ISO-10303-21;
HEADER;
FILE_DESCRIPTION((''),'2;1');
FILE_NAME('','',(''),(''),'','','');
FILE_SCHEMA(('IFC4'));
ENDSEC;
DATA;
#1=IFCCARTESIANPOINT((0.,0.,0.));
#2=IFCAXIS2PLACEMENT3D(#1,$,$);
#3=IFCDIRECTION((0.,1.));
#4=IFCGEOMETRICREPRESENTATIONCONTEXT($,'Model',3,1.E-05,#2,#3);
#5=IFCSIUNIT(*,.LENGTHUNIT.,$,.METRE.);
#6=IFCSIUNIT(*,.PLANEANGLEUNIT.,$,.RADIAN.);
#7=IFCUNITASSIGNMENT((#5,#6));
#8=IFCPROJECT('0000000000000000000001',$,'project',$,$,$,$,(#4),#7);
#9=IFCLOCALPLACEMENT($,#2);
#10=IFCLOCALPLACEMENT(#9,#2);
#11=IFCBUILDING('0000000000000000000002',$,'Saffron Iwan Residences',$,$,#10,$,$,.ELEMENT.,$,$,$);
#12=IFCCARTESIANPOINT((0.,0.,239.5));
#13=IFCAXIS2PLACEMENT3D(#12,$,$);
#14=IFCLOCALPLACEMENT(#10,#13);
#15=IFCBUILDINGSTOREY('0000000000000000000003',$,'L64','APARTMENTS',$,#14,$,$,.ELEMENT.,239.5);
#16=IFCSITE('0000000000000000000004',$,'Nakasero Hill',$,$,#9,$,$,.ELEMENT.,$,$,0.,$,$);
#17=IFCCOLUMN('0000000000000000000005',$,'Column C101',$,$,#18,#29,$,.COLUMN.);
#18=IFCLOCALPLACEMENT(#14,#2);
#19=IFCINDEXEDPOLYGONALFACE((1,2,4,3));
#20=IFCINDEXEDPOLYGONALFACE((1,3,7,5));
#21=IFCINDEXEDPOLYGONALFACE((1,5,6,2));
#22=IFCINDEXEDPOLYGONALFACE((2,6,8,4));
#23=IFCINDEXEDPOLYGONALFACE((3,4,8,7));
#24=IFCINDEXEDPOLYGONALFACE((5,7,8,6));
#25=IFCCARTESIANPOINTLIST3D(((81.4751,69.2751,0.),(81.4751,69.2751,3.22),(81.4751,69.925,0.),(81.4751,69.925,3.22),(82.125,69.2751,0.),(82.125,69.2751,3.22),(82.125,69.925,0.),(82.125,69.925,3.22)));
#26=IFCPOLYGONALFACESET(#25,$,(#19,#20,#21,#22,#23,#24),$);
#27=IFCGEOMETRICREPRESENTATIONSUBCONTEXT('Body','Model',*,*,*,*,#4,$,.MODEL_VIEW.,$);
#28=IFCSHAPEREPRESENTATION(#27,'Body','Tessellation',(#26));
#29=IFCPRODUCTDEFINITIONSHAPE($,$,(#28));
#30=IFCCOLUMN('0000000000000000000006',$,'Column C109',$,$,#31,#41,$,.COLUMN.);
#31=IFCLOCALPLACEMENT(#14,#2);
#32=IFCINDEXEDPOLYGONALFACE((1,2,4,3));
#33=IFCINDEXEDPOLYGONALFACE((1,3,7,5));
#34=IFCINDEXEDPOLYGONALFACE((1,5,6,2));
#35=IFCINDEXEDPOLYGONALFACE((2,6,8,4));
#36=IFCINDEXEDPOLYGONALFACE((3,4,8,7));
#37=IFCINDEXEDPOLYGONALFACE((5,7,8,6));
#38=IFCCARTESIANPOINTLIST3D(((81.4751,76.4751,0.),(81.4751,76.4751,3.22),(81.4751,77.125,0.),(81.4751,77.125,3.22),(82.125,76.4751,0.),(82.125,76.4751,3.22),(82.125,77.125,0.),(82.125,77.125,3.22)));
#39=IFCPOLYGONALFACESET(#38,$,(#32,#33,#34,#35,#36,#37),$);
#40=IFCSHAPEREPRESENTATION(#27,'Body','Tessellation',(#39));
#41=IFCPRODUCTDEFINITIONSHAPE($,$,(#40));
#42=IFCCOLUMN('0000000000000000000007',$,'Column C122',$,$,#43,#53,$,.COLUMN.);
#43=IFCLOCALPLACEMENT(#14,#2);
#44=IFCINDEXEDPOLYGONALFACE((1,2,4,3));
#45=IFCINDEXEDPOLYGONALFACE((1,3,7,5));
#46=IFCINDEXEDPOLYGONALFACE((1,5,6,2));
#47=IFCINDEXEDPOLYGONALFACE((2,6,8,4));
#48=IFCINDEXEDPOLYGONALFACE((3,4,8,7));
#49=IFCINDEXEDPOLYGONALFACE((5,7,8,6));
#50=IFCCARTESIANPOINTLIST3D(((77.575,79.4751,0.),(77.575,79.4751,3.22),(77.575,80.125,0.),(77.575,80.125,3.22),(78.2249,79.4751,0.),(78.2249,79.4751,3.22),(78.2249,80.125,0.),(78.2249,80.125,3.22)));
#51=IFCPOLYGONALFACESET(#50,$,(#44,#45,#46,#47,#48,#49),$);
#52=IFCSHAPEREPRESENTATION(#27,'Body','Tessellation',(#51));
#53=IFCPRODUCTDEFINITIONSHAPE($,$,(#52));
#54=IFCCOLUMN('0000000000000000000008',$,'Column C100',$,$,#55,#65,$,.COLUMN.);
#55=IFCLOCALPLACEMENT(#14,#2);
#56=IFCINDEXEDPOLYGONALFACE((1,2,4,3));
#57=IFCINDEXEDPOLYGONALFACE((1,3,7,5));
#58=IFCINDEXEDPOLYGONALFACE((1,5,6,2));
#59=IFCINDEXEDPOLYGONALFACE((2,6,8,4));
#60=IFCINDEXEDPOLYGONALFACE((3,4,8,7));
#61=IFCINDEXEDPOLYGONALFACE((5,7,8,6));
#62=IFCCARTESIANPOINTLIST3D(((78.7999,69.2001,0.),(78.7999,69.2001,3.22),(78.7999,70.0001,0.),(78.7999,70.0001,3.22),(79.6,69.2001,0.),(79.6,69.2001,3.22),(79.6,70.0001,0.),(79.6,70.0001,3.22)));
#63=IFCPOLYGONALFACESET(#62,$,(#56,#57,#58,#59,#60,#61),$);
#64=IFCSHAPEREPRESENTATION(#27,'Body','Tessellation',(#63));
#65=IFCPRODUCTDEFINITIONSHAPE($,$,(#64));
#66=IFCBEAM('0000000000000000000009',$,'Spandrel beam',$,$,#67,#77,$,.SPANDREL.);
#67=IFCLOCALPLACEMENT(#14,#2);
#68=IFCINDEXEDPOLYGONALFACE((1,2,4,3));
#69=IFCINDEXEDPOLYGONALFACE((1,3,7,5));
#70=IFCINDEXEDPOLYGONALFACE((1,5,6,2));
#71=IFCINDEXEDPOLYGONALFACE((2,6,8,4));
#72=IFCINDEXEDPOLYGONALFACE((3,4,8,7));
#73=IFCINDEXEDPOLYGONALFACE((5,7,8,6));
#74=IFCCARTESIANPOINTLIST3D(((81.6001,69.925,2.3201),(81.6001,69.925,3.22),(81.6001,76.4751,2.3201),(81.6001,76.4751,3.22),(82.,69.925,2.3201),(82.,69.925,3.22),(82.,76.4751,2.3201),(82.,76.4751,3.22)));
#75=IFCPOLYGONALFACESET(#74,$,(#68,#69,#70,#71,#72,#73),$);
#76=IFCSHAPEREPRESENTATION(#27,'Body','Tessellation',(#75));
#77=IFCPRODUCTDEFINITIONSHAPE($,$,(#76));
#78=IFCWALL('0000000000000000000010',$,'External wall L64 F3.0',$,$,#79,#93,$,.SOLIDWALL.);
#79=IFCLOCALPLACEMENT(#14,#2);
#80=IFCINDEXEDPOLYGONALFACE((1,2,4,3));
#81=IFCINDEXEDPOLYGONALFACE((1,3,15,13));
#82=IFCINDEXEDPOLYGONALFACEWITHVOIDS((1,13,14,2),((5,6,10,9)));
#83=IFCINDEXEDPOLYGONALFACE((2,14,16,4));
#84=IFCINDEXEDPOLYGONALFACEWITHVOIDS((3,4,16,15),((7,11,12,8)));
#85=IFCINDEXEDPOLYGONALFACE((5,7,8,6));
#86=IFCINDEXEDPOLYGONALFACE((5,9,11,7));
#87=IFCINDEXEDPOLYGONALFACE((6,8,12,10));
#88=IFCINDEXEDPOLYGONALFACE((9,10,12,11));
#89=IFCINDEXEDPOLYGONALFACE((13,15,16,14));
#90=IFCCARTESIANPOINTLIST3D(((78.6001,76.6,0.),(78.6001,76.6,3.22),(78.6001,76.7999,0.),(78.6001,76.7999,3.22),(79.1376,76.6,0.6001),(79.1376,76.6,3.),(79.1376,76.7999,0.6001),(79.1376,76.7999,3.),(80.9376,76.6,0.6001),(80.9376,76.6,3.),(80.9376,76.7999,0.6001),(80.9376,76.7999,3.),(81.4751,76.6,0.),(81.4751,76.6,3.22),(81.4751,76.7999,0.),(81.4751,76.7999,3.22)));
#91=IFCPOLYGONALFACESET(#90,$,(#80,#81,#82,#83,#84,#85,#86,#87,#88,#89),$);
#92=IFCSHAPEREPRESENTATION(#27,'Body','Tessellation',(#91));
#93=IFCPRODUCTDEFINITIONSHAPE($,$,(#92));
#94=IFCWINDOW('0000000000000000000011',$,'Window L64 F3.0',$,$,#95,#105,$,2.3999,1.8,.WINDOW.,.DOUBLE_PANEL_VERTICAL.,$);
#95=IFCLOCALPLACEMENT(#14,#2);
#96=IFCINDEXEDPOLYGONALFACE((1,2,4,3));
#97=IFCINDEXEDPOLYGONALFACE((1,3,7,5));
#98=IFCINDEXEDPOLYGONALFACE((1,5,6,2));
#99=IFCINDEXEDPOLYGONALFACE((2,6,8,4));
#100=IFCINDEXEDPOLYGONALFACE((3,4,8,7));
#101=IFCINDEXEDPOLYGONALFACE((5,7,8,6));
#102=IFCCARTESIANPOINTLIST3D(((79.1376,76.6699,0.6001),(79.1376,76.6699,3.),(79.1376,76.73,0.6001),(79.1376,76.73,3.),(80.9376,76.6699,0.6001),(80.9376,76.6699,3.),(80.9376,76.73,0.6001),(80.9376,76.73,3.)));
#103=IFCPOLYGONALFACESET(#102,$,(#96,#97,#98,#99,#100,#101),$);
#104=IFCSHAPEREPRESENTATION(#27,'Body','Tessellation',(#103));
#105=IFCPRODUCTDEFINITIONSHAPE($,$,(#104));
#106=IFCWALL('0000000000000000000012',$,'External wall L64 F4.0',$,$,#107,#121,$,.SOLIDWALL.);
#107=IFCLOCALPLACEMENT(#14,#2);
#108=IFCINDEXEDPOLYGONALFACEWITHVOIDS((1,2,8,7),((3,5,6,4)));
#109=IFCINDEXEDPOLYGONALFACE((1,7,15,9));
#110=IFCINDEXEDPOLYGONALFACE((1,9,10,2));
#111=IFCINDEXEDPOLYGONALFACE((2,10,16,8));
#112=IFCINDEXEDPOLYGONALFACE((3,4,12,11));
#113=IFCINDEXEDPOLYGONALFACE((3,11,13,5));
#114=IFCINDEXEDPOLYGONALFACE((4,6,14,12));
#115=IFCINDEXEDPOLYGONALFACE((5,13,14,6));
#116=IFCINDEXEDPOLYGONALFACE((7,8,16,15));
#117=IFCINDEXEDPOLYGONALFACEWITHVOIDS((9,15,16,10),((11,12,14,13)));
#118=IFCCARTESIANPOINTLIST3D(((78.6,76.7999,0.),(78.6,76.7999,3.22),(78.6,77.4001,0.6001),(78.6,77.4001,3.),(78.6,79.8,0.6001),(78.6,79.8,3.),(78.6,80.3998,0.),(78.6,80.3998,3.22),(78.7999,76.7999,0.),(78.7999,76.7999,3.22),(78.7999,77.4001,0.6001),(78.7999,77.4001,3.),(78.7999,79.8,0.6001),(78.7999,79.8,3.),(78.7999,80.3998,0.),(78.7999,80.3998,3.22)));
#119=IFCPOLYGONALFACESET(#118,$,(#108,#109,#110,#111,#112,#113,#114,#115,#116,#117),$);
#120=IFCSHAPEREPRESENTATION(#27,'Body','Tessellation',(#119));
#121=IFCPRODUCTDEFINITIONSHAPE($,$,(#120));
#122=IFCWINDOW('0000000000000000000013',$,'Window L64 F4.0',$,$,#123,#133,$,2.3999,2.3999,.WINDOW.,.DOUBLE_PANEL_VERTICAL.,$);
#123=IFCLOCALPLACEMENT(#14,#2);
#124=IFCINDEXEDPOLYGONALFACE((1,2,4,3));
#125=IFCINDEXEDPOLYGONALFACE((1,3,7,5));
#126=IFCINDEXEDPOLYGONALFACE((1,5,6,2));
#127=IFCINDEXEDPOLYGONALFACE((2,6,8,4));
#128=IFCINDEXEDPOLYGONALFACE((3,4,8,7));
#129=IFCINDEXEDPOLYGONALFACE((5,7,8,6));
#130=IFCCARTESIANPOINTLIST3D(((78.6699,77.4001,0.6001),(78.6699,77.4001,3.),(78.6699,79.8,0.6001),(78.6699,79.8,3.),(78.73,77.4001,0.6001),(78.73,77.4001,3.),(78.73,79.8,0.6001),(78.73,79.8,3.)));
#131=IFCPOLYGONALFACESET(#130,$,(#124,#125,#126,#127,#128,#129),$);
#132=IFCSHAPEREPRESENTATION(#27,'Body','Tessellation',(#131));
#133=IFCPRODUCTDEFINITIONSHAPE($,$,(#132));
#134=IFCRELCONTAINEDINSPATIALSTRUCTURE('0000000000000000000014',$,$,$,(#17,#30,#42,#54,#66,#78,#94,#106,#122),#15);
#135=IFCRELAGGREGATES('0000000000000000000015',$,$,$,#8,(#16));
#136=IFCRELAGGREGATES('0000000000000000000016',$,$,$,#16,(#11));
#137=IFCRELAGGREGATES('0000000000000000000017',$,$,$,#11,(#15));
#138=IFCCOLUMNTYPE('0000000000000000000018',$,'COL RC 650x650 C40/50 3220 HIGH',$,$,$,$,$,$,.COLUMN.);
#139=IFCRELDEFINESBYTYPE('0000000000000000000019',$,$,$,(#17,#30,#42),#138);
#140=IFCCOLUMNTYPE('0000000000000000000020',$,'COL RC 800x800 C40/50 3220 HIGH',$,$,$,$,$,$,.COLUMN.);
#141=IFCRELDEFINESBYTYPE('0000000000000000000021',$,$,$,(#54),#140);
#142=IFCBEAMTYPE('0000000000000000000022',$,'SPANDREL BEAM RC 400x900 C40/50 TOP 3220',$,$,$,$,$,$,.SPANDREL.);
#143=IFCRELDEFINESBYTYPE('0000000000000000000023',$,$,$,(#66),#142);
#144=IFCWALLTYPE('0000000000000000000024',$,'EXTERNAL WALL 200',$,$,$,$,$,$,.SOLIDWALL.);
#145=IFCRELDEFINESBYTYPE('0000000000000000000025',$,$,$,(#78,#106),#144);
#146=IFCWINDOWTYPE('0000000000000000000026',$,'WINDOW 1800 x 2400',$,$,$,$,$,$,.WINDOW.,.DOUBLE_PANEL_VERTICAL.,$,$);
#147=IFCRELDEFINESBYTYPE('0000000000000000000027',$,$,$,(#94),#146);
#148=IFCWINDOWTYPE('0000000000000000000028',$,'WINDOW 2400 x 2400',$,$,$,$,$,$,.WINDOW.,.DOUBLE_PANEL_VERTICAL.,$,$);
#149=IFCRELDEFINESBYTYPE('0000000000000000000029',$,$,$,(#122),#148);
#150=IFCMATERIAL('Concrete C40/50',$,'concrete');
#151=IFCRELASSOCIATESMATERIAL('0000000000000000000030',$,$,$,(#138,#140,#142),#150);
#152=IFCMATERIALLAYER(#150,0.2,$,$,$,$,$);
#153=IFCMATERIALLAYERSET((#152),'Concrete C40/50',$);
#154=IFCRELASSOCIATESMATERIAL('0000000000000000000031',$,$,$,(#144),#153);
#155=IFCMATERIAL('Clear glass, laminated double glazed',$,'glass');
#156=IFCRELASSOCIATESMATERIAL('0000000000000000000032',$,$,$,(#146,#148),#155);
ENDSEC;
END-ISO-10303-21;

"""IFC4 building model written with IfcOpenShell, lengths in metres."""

from ifc_helpers import new_model, si_unit, direction, frame, frame_2d, origin, origin_2d, place, context, subcontext, project, spatial, rectangle, extrude, source, transform, mapped, material, layer, layer_set, material_profile, profile_set, type_object, element, fill, save


model = new_model("IFC4")

# Units and contexts
model_context = context("Model", 3, precision=1e-05, world=origin(), true_north=direction((0.0, 1.0)))
body_context = subcontext(model_context, "Body", "Model", "MODEL_VIEW")
ifc_project = project(units=[si_unit("LENGTHUNIT", "METRE"), si_unit("PLANEANGLEUNIT", "RADIAN")], contexts=[model_context])

# Site, building, storey
site_placement = place(None, origin())
site = spatial("IfcSite", under=ifc_project, at=site_placement, Name="Nakasero Hill", CompositionType="ELEMENT", RefElevation=0.0)
building_placement = place(site_placement, origin())
building = spatial("IfcBuilding", under=site, at=building_placement, Name="Saffron Iwan Residences", CompositionType="ELEMENT")
storey_placement = place(building_placement, frame((0.0, 0.0, 239.5)))
storey = spatial("IfcBuildingStorey", under=building, at=storey_placement, Name="L64", Description="APARTMENTS", CompositionType="ELEMENT", Elevation=239.5)

# Columns
ifc_material_1 = material(Name="Concrete C40/50", Category="concrete")
ifc_material_profile_1 = material_profile(ifc_material_1, rectangle(XDim=0.6499, YDim=0.6499, at=origin_2d()), Name="RC 650x650")
ifc_profile_set_1 = profile_set([ifc_material_profile_1], Name="Concrete C40/50")
column_type_1 = type_object("IfcColumnType", Name="COL RC 650x650 C40/50 3220 HIGH", PredefinedType="COLUMN", material=ifc_profile_set_1)
shared_shape_1 = source(origin(), body_context, "Body", "SweptSolid", [
    extrude(rectangle(XDim=0.6499, YDim=0.6499, at=origin_2d()), origin(), (0.0, 0.0, 1.0), 3.22),
])
for number, where, z_axis, x_axis, name in (
    (1, (81.8, 69.6001, 0.0), (0.0, 0.0, 1.0), (1.0, 0.0, 0.0), "Column C101"),
    (2, (81.8, 76.8, 0.0), (0.0, 0.0, 1.0), (1.0, 0.0, 0.0), "Column C109"),
    (3, (77.8999, 79.8, 0.0), (0.0, 0.0, 1.0), (1.0, 0.0, 0.0), "Column C122"),
):
    element("IfcColumn", number, at=place(storey_placement, frame(where, z_axis=z_axis, x_axis=x_axis)), inside=storey, type_object=column_type_1, Name=name, PredefinedType="COLUMN", context=body_context, shape_type="MappedRepresentation", body=[
        mapped(shared_shape_1, transform((0.0, 0.0, 0.0))),
    ])
ifc_material_profile_2 = material_profile(ifc_material_1, rectangle(XDim=0.8, YDim=0.8, at=origin_2d()), Name="RC 800x800")
ifc_profile_set_2 = profile_set([ifc_material_profile_2], Name="Concrete C40/50")
column_type_2 = type_object("IfcColumnType", Name="COL RC 800x800 C40/50 3220 HIGH", PredefinedType="COLUMN", material=ifc_profile_set_2)
shared_shape_2 = source(origin(), body_context, "Body", "SweptSolid", [
    extrude(rectangle(XDim=0.8, YDim=0.8, at=origin_2d()), origin(), (0.0, 0.0, 1.0), 3.22),
])
column_placement = place(storey_placement, frame((79.2, 69.6001, 0.0), z_axis=(0.0, 0.0, 1.0), x_axis=(1.0, 0.0, 0.0)))
element("IfcColumn", 4, at=column_placement, inside=storey, type_object=column_type_2, Name="Column C100", PredefinedType="COLUMN", context=body_context, shape_type="MappedRepresentation", body=[
    mapped(shared_shape_2, transform((0.0, 0.0, 0.0))),
])

# Beam
ifc_material_profile_3 = material_profile(ifc_material_1, rectangle(XDim=0.3999, YDim=0.8999, at=origin_2d()), Name="RC 400x900")
ifc_profile_set_3 = profile_set([ifc_material_profile_3], Name="Concrete C40/50")
beam_type = type_object("IfcBeamType", Name="SPANDREL BEAM RC 400x900 C40/50 TOP 3220", PredefinedType="SPANDREL", material=ifc_profile_set_3)
shared_shape_3 = source(origin(), body_context, "Body", "SweptSolid", [
    extrude(rectangle(XDim=0.3999, YDim=0.8999, at=origin_2d()), origin(), (0.0, 0.0, 1.0), 6.55),
])
beam_placement = place(storey_placement, frame((81.8, 76.4751, 2.77), z_axis=(0.0, -1.0, 0.0), x_axis=(1.0, 0.0, 0.0)))
element("IfcBeam", 5, at=beam_placement, inside=storey, type_object=beam_type, Name="Spandrel beam", PredefinedType="SPANDREL", context=body_context, shape_type="MappedRepresentation", body=[
    mapped(shared_shape_3, transform((0.0, 0.0, 0.0))),
])

# Walls, openings, windows
ifc_layer = layer(ifc_material_1, 0.2)
ifc_layer_set = layer_set([ifc_layer], Name="Concrete C40/50")
wall_type = type_object("IfcWallType", Name="EXTERNAL WALL 200", PredefinedType="SOLIDWALL", material=ifc_layer_set)
wall_1_placement = place(storey_placement, frame((81.4751, 76.7, 0.0), z_axis=(0.0, 0.0, 1.0), x_axis=(-1.0, 0.0, 0.0)))
wall_1 = element("IfcWall", 6, at=wall_1_placement, inside=storey, type_object=wall_type, Name="External wall L64 F3.0", PredefinedType="SOLIDWALL", context=body_context, shape_type="SweptSolid", body=[
    extrude(rectangle(XDim=2.875, YDim=0.2, at=frame_2d((1.4375, 0.0))), origin(), (0.0, 0.0, 1.0), 3.22),
])
opening_1_placement = place(wall_1_placement, frame((0.5376, 0.0, 0.6001)))
opening_1 = element("IfcOpeningElement", 7, at=opening_1_placement, cuts=wall_1, PredefinedType="OPENING", context=body_context, shape_type="SweptSolid", body=[
    extrude(rectangle(XDim=1.8, YDim=2.3999, at=frame_2d((0.8999, 1.2))), frame((0.0, 0.1099, 0.0), z_axis=(0.0, -1.0, 0.0), x_axis=(1.0, 0.0, 0.0)), (0.0, 0.0, 1.0), 0.22),
])
ifc_material_2 = material(Name="Clear glass, laminated double glazed", Category="glass")
window_type_1 = type_object("IfcWindowType", Name="WINDOW 1800 x 2400", PartitioningType="DOUBLE_PANEL_VERTICAL", PredefinedType="WINDOW", material=ifc_material_2)
window_1_placement = place(opening_1_placement, origin())
window_1 = element("IfcWindow", 8, at=window_1_placement, inside=storey, type_object=window_type_1, Name="Window L64 F3.0", OverallHeight=2.3999, OverallWidth=1.8, PartitioningType="DOUBLE_PANEL_VERTICAL", PredefinedType="WINDOW", context=body_context, shape_type="SweptSolid", body=[
    extrude(rectangle(XDim=1.8, YDim=2.3999, at=frame_2d((0.8999, 1.2))), frame((0.0, 0.03, 0.0), z_axis=(0.0, -1.0, 0.0), x_axis=(1.0, 0.0, 0.0)), (0.0, 0.0, 1.0), 0.0601),
])
fill(opening_1, window_1)
wall_2_placement = place(storey_placement, frame((78.7, 76.8, 0.0), z_axis=(0.0, 0.0, 1.0), x_axis=(0.0, 1.0, 0.0)))
wall_2 = element("IfcWall", 9, at=wall_2_placement, inside=storey, type_object=wall_type, Name="External wall L64 F4.0", PredefinedType="SOLIDWALL", context=body_context, shape_type="SweptSolid", body=[
    extrude(rectangle(XDim=3.5999, YDim=0.2, at=frame_2d((1.7998, 0.0))), origin(), (0.0, 0.0, 1.0), 3.22),
])
opening_2_placement = place(wall_2_placement, frame((0.6001, 0.0, 0.6001)))
opening_2 = element("IfcOpeningElement", 10, at=opening_2_placement, cuts=wall_2, PredefinedType="OPENING", context=body_context, shape_type="SweptSolid", body=[
    extrude(rectangle(XDim=2.3999, YDim=2.3999, at=frame_2d((1.2, 1.2))), frame((0.0, 0.1099, 0.0), z_axis=(0.0, -1.0, 0.0), x_axis=(1.0, 0.0, 0.0)), (0.0, 0.0, 1.0), 0.22),
])
window_type_2 = type_object("IfcWindowType", Name="WINDOW 2400 x 2400", PartitioningType="DOUBLE_PANEL_VERTICAL", PredefinedType="WINDOW", material=ifc_material_2)
window_2_placement = place(opening_2_placement, origin())
window_2 = element("IfcWindow", 11, at=window_2_placement, inside=storey, type_object=window_type_2, Name="Window L64 F4.0", OverallHeight=2.3999, OverallWidth=2.3999, PartitioningType="DOUBLE_PANEL_VERTICAL", PredefinedType="WINDOW", context=body_context, shape_type="SweptSolid", body=[
    extrude(rectangle(XDim=2.3999, YDim=2.3999, at=frame_2d((1.2, 1.2))), frame((0.0, 0.03, 0.0), z_axis=(0.0, -1.0, 0.0), x_axis=(1.0, 0.0, 0.0)), (0.0, 0.0, 1.0), 0.0601),
])
fill(opening_2, window_2)

save(model, "model.ifc")
